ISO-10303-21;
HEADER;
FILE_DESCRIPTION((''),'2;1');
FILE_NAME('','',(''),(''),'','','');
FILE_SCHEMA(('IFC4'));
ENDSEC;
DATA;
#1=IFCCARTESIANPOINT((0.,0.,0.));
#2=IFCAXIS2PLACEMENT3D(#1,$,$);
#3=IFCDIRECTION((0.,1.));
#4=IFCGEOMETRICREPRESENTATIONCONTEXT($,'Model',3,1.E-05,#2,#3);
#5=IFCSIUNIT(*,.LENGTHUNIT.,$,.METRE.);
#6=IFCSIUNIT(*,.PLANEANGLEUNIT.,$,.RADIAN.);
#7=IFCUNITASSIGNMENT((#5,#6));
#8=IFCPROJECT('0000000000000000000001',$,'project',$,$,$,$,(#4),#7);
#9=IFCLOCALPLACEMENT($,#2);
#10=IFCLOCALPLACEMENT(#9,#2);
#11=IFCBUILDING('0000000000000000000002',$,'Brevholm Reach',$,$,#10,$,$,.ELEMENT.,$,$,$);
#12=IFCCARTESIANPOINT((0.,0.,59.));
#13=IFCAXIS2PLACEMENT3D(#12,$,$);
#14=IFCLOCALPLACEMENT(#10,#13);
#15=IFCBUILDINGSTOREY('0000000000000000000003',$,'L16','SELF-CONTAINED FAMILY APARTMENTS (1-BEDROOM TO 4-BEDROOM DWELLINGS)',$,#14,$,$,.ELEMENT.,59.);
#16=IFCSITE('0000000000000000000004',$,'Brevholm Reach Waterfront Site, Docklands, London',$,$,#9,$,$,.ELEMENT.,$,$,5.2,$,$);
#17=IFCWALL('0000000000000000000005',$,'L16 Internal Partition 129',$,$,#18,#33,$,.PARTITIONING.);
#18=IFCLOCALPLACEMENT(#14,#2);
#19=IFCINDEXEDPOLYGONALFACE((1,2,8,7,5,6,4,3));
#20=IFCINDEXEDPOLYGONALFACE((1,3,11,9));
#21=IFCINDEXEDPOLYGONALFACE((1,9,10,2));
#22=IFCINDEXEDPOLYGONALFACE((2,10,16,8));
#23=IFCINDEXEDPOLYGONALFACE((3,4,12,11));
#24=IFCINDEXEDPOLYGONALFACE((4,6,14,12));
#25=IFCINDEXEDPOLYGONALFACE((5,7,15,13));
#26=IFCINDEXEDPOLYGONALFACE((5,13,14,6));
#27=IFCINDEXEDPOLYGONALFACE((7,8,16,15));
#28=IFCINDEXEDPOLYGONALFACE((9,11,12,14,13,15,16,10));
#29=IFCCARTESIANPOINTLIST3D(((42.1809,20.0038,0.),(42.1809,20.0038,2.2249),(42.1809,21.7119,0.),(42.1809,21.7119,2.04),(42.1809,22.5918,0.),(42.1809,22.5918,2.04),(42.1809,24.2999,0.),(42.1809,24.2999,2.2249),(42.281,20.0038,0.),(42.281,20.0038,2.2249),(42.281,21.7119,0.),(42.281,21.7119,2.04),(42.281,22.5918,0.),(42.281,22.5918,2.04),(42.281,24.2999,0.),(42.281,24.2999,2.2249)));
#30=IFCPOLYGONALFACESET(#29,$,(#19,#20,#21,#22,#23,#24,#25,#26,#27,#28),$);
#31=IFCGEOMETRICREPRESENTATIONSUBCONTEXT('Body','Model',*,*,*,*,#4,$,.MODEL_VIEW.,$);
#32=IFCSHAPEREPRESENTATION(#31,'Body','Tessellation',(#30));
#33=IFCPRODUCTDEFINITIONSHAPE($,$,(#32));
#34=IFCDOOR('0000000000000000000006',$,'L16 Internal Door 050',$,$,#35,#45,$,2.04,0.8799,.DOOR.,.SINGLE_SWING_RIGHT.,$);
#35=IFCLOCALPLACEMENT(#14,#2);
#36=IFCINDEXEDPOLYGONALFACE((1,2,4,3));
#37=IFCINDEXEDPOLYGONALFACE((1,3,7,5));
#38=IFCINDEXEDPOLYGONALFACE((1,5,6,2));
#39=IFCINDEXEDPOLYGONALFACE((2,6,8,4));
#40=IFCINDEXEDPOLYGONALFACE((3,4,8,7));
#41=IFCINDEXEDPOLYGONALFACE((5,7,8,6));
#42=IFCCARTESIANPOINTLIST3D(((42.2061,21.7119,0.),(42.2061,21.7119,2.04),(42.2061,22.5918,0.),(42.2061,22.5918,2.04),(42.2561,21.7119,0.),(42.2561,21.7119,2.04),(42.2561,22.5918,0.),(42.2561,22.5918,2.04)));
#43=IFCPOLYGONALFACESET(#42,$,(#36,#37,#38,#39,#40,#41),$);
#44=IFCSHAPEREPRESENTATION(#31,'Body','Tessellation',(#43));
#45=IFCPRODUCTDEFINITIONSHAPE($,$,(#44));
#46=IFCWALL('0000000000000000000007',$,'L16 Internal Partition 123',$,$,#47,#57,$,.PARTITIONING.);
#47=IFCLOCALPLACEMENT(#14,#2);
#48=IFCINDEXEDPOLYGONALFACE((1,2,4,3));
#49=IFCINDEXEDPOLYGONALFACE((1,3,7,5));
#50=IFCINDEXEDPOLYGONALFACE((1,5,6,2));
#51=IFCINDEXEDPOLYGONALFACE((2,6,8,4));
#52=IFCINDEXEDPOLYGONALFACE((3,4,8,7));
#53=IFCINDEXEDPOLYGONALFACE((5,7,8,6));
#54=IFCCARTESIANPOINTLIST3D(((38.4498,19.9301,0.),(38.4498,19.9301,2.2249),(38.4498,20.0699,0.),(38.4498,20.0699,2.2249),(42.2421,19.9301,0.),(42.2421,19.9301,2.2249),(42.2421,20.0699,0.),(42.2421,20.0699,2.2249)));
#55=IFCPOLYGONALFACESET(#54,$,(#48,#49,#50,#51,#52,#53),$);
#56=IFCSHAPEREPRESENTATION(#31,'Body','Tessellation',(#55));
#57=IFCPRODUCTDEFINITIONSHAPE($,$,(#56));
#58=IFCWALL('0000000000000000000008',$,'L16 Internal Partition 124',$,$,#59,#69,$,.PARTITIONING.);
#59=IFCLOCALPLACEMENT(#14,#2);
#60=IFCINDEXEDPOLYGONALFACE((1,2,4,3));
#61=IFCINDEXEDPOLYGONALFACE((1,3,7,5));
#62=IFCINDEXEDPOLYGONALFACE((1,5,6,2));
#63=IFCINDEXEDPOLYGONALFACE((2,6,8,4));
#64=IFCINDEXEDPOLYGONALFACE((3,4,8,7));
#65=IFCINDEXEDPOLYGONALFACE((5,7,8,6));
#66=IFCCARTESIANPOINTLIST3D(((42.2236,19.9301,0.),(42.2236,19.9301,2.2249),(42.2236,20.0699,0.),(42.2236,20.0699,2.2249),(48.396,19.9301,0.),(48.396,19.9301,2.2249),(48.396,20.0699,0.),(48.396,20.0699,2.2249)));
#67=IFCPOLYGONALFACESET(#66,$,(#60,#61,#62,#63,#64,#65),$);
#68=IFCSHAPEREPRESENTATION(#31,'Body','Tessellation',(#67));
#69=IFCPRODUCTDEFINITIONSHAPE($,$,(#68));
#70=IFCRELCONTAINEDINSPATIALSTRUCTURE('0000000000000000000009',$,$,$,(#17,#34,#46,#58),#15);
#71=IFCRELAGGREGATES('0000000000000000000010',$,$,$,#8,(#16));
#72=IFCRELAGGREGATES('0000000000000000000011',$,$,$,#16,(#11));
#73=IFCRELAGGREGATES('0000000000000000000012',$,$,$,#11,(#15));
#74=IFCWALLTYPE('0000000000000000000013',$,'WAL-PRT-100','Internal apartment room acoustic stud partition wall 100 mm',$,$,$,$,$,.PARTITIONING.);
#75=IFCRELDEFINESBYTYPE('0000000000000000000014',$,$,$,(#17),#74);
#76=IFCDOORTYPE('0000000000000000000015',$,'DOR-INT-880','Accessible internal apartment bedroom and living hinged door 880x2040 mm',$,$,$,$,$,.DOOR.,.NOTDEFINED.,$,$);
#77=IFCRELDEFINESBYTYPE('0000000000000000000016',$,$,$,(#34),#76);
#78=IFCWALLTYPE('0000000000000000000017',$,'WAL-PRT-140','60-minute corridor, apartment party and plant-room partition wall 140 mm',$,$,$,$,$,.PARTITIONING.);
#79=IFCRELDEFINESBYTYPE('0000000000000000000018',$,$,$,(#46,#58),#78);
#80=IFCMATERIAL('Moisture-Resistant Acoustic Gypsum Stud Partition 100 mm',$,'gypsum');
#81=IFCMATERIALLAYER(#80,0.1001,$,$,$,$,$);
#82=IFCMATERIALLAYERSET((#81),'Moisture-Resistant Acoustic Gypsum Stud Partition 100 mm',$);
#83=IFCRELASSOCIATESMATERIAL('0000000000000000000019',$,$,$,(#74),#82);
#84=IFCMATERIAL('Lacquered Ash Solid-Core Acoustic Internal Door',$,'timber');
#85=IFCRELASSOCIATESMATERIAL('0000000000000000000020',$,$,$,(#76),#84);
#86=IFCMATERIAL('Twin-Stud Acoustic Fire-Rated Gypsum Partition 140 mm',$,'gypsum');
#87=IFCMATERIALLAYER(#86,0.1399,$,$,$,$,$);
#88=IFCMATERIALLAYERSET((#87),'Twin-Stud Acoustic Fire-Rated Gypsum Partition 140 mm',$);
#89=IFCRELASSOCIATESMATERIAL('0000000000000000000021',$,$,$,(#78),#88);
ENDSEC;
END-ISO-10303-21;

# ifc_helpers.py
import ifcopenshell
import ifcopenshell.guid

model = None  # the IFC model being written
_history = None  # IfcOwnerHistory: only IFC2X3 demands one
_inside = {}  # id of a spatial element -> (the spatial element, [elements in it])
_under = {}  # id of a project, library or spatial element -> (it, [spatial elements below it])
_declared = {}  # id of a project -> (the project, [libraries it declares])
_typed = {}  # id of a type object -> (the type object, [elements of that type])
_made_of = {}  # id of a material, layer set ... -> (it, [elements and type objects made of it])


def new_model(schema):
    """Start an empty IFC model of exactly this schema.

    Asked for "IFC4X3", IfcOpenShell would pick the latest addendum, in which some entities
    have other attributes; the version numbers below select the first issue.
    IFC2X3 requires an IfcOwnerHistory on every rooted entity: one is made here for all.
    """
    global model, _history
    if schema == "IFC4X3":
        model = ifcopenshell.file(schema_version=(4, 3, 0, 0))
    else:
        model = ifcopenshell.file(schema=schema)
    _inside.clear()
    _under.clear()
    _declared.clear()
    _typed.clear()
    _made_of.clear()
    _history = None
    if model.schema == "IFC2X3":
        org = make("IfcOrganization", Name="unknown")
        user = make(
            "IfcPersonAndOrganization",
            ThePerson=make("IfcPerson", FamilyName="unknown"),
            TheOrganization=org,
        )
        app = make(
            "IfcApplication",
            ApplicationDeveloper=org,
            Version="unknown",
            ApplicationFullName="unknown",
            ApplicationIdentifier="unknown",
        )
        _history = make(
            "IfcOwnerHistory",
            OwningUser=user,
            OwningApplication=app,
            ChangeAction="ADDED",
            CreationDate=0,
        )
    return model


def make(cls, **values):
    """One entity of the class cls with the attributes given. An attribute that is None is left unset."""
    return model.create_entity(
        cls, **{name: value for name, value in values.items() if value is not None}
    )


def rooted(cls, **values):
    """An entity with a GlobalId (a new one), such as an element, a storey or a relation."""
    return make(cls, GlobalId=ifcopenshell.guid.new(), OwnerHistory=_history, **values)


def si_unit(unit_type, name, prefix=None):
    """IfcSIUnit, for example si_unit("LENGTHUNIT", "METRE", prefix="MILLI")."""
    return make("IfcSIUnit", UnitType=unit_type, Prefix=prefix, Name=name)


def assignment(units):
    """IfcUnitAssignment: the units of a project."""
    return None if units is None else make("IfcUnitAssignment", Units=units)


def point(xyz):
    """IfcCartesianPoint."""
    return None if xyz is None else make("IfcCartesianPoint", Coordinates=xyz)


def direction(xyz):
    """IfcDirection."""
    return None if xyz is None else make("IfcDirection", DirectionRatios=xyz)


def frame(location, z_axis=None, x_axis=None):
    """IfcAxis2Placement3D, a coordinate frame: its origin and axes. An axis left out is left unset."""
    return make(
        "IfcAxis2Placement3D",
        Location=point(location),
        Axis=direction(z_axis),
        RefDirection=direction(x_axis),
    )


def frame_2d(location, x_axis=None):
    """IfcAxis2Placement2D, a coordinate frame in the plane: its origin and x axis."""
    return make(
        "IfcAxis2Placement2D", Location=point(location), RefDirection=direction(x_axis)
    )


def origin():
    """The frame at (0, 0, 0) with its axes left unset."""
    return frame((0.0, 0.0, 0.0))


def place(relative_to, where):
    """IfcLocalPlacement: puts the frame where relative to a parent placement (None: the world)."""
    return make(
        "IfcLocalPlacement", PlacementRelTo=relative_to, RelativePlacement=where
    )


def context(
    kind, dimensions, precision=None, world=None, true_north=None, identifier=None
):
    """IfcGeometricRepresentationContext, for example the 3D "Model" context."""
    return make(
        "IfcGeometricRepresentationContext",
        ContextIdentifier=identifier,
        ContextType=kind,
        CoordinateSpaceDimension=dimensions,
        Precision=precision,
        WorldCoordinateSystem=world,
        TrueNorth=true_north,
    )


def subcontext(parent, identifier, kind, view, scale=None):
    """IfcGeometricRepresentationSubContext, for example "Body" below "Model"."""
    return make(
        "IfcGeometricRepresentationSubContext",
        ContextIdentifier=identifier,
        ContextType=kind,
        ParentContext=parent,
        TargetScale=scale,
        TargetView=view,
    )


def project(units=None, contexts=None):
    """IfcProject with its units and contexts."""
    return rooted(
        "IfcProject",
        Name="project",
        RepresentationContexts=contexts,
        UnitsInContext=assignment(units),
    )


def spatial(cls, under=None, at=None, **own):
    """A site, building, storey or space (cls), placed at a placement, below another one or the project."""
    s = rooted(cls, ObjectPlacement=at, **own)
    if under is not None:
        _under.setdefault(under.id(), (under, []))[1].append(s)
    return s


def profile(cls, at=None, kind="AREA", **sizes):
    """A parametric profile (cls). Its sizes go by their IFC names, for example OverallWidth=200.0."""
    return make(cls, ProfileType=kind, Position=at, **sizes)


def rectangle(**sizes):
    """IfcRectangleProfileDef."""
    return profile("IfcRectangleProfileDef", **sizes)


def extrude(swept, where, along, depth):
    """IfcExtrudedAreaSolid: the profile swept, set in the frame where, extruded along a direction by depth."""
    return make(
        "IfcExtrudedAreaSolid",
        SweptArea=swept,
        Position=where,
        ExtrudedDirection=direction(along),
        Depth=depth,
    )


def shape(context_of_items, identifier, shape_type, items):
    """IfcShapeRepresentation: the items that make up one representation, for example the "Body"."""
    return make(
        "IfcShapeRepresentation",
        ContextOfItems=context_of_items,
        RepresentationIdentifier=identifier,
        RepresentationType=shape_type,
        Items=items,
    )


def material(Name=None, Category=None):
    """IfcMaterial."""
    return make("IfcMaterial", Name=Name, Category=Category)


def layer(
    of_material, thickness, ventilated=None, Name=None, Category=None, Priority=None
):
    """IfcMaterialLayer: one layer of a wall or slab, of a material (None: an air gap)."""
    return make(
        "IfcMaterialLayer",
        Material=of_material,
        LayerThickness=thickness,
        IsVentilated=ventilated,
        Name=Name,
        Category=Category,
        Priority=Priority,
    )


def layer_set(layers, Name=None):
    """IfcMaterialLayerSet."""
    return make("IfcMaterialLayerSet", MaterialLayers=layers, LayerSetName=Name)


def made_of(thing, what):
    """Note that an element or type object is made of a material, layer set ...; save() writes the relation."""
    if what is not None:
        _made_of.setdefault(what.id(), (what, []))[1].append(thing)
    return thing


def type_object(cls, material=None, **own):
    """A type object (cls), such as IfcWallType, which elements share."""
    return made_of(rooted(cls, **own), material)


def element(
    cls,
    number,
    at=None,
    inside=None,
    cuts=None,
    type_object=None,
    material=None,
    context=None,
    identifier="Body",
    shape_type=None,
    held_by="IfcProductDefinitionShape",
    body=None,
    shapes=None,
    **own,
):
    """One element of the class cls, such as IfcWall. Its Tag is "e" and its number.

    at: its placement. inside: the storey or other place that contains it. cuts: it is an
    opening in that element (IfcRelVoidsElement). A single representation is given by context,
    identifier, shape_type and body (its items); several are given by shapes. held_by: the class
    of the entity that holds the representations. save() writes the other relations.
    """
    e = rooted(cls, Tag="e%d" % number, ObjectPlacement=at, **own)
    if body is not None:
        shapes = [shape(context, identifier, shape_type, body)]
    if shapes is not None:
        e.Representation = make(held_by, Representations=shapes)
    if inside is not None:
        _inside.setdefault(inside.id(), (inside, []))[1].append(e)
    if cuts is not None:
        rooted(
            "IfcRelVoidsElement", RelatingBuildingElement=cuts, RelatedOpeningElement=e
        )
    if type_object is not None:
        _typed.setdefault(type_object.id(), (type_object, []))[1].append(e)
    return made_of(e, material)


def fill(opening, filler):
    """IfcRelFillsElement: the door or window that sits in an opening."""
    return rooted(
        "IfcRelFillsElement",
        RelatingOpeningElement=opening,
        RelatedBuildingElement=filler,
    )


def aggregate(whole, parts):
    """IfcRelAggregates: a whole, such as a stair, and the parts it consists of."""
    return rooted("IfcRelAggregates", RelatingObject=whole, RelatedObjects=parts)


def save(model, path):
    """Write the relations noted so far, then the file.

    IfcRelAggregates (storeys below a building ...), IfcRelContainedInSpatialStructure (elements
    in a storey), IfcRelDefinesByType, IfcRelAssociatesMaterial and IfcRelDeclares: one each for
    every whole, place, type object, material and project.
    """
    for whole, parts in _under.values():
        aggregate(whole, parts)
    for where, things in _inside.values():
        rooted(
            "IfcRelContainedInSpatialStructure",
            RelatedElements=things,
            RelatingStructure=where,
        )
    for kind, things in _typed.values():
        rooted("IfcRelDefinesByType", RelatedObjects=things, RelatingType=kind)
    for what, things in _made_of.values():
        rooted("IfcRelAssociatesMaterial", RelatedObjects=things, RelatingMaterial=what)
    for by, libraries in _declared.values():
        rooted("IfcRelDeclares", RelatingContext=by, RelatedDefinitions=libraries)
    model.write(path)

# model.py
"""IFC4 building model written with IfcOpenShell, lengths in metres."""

from ifc_helpers import new_model, si_unit, direction, frame, frame_2d, origin, place, context, subcontext, project, spatial, rectangle, extrude, material, layer, layer_set, type_object, element, fill, save


model = new_model("IFC4")

# Units and contexts
model_context = context("Model", 3, precision=1e-05, world=origin(), true_north=direction((0.0, 1.0)))
body_context = subcontext(model_context, "Body", "Model", "MODEL_VIEW")
ifc_project = project(units=[si_unit("LENGTHUNIT", "METRE"), si_unit("PLANEANGLEUNIT", "RADIAN")], contexts=[model_context])

# Site, building, storey
site_placement = place(None, origin())
site = spatial("IfcSite", under=ifc_project, at=site_placement, Name="Brevholm Reach Waterfront Site, Docklands, London", CompositionType="ELEMENT", RefElevation=5.2)
building_placement = place(site_placement, origin())
building = spatial("IfcBuilding", under=site, at=building_placement, Name="Brevholm Reach", CompositionType="ELEMENT")
storey_placement = place(building_placement, frame((0.0, 0.0, 59.0)))
storey = spatial("IfcBuildingStorey", under=building, at=storey_placement, Name="L16", Description="SELF-CONTAINED FAMILY APARTMENTS (1-BEDROOM TO 4-BEDROOM DWELLINGS)", CompositionType="ELEMENT", Elevation=59.0)

# Shared definitions
ifc_material_1 = material(Name="Moisture-Resistant Acoustic Gypsum Stud Partition 100 mm", Category="gypsum")
ifc_layer_1 = layer(ifc_material_1, 0.1001)
ifc_layer_set_1 = layer_set([ifc_layer_1], Name="Moisture-Resistant Acoustic Gypsum Stud Partition 100 mm")
wall_type_1 = type_object("IfcWallType", Name="WAL-PRT-100", Description="Internal apartment room acoustic stud partition wall 100 mm", PredefinedType="PARTITIONING", material=ifc_layer_set_1)
ifc_material_2 = material(Name="Lacquered Ash Solid-Core Acoustic Internal Door", Category="timber")
door_type = type_object("IfcDoorType", Name="DOR-INT-880", Description="Accessible internal apartment bedroom and living hinged door 880x2040 mm", OperationType="NOTDEFINED", PredefinedType="DOOR", material=ifc_material_2)

# Wall, opening, door
wall_1_placement = place(storey_placement, frame((42.231, 20.0039, 0.0), z_axis=(0.0, 0.0, 1.0), x_axis=(0.0, 1.0, 0.0)))
wall_1 = element("IfcWall", 1, at=wall_1_placement, inside=storey, type_object=wall_type_1, Name="L16 Internal Partition 129", PredefinedType="PARTITIONING", context=body_context, shape_type="SweptSolid", body=[
    extrude(rectangle(XDim=4.2961, YDim=0.1001, at=frame_2d((2.1479, 0.0))), origin(), (0.0, 0.0, 1.0), 2.2249),
])
opening_1_placement = place(wall_1_placement, frame((1.708, 0.0, 0.0)))
opening_1 = element("IfcOpeningElement", 2, at=opening_1_placement, cuts=wall_1, PredefinedType="OPENING", context=body_context, shape_type="SweptSolid", body=[
    extrude(rectangle(XDim=0.8799, YDim=2.04, at=frame_2d((0.4399, 1.02))), frame((0.0, 0.0601, 0.0), z_axis=(0.0, -1.0, 0.0), x_axis=(1.0, 0.0, 0.0)), (0.0, 0.0, 1.0), 0.1201),
])
door_1_placement = place(opening_1_placement, origin())
door_1 = element("IfcDoor", 3, at=door_1_placement, inside=storey, type_object=door_type, Name="L16 Internal Door 050", OperationType="SINGLE_SWING_RIGHT", OverallHeight=2.04, OverallWidth=0.8799, PredefinedType="DOOR", context=body_context, shape_type="SweptSolid", body=[
    extrude(rectangle(XDim=0.8799, YDim=2.04, at=frame_2d((0.4399, 1.02))), frame((0.0, 0.0249, 0.0), z_axis=(0.0, -1.0, 0.0), x_axis=(1.0, 0.0, 0.0)), (0.0, 0.0, 1.0), 0.05),
])
fill(opening_1, door_1)

# Walls
ifc_material_3 = material(Name="Twin-Stud Acoustic Fire-Rated Gypsum Partition 140 mm", Category="gypsum")
ifc_layer_2 = layer(ifc_material_3, 0.1399)
ifc_layer_set_2 = layer_set([ifc_layer_2], Name="Twin-Stud Acoustic Fire-Rated Gypsum Partition 140 mm")
wall_type_2 = type_object("IfcWallType", Name="WAL-PRT-140", Description="60-minute corridor, apartment party and plant-room partition wall 140 mm", PredefinedType="PARTITIONING", material=ifc_layer_set_2)
wall_2_placement = place(storey_placement, frame((38.45, 20.0, 0.0), z_axis=(0.0, 0.0, 1.0), x_axis=(1.0, 0.0, 0.0)))
element("IfcWall", 4, at=wall_2_placement, inside=storey, type_object=wall_type_2, Name="L16 Internal Partition 123", PredefinedType="PARTITIONING", context=body_context, shape_type="SweptSolid", body=[
    extrude(rectangle(XDim=3.7922, YDim=0.1399, at=frame_2d((1.896, 0.0))), origin(), (0.0, 0.0, 1.0), 2.2249),
])
wall_3_placement = place(storey_placement, frame((42.2236, 20.0, 0.0), z_axis=(0.0, 0.0, 1.0), x_axis=(1.0, 0.0, 0.0)))
element("IfcWall", 5, at=wall_3_placement, inside=storey, type_object=wall_type_2, Name="L16 Internal Partition 124", PredefinedType="PARTITIONING", context=body_context, shape_type="SweptSolid", body=[
    extrude(rectangle(XDim=6.1724, YDim=0.1399, at=frame_2d((3.0862, 0.0))), origin(), (0.0, 0.0, 1.0), 2.2249),
])

save(model, "model.ifc")
